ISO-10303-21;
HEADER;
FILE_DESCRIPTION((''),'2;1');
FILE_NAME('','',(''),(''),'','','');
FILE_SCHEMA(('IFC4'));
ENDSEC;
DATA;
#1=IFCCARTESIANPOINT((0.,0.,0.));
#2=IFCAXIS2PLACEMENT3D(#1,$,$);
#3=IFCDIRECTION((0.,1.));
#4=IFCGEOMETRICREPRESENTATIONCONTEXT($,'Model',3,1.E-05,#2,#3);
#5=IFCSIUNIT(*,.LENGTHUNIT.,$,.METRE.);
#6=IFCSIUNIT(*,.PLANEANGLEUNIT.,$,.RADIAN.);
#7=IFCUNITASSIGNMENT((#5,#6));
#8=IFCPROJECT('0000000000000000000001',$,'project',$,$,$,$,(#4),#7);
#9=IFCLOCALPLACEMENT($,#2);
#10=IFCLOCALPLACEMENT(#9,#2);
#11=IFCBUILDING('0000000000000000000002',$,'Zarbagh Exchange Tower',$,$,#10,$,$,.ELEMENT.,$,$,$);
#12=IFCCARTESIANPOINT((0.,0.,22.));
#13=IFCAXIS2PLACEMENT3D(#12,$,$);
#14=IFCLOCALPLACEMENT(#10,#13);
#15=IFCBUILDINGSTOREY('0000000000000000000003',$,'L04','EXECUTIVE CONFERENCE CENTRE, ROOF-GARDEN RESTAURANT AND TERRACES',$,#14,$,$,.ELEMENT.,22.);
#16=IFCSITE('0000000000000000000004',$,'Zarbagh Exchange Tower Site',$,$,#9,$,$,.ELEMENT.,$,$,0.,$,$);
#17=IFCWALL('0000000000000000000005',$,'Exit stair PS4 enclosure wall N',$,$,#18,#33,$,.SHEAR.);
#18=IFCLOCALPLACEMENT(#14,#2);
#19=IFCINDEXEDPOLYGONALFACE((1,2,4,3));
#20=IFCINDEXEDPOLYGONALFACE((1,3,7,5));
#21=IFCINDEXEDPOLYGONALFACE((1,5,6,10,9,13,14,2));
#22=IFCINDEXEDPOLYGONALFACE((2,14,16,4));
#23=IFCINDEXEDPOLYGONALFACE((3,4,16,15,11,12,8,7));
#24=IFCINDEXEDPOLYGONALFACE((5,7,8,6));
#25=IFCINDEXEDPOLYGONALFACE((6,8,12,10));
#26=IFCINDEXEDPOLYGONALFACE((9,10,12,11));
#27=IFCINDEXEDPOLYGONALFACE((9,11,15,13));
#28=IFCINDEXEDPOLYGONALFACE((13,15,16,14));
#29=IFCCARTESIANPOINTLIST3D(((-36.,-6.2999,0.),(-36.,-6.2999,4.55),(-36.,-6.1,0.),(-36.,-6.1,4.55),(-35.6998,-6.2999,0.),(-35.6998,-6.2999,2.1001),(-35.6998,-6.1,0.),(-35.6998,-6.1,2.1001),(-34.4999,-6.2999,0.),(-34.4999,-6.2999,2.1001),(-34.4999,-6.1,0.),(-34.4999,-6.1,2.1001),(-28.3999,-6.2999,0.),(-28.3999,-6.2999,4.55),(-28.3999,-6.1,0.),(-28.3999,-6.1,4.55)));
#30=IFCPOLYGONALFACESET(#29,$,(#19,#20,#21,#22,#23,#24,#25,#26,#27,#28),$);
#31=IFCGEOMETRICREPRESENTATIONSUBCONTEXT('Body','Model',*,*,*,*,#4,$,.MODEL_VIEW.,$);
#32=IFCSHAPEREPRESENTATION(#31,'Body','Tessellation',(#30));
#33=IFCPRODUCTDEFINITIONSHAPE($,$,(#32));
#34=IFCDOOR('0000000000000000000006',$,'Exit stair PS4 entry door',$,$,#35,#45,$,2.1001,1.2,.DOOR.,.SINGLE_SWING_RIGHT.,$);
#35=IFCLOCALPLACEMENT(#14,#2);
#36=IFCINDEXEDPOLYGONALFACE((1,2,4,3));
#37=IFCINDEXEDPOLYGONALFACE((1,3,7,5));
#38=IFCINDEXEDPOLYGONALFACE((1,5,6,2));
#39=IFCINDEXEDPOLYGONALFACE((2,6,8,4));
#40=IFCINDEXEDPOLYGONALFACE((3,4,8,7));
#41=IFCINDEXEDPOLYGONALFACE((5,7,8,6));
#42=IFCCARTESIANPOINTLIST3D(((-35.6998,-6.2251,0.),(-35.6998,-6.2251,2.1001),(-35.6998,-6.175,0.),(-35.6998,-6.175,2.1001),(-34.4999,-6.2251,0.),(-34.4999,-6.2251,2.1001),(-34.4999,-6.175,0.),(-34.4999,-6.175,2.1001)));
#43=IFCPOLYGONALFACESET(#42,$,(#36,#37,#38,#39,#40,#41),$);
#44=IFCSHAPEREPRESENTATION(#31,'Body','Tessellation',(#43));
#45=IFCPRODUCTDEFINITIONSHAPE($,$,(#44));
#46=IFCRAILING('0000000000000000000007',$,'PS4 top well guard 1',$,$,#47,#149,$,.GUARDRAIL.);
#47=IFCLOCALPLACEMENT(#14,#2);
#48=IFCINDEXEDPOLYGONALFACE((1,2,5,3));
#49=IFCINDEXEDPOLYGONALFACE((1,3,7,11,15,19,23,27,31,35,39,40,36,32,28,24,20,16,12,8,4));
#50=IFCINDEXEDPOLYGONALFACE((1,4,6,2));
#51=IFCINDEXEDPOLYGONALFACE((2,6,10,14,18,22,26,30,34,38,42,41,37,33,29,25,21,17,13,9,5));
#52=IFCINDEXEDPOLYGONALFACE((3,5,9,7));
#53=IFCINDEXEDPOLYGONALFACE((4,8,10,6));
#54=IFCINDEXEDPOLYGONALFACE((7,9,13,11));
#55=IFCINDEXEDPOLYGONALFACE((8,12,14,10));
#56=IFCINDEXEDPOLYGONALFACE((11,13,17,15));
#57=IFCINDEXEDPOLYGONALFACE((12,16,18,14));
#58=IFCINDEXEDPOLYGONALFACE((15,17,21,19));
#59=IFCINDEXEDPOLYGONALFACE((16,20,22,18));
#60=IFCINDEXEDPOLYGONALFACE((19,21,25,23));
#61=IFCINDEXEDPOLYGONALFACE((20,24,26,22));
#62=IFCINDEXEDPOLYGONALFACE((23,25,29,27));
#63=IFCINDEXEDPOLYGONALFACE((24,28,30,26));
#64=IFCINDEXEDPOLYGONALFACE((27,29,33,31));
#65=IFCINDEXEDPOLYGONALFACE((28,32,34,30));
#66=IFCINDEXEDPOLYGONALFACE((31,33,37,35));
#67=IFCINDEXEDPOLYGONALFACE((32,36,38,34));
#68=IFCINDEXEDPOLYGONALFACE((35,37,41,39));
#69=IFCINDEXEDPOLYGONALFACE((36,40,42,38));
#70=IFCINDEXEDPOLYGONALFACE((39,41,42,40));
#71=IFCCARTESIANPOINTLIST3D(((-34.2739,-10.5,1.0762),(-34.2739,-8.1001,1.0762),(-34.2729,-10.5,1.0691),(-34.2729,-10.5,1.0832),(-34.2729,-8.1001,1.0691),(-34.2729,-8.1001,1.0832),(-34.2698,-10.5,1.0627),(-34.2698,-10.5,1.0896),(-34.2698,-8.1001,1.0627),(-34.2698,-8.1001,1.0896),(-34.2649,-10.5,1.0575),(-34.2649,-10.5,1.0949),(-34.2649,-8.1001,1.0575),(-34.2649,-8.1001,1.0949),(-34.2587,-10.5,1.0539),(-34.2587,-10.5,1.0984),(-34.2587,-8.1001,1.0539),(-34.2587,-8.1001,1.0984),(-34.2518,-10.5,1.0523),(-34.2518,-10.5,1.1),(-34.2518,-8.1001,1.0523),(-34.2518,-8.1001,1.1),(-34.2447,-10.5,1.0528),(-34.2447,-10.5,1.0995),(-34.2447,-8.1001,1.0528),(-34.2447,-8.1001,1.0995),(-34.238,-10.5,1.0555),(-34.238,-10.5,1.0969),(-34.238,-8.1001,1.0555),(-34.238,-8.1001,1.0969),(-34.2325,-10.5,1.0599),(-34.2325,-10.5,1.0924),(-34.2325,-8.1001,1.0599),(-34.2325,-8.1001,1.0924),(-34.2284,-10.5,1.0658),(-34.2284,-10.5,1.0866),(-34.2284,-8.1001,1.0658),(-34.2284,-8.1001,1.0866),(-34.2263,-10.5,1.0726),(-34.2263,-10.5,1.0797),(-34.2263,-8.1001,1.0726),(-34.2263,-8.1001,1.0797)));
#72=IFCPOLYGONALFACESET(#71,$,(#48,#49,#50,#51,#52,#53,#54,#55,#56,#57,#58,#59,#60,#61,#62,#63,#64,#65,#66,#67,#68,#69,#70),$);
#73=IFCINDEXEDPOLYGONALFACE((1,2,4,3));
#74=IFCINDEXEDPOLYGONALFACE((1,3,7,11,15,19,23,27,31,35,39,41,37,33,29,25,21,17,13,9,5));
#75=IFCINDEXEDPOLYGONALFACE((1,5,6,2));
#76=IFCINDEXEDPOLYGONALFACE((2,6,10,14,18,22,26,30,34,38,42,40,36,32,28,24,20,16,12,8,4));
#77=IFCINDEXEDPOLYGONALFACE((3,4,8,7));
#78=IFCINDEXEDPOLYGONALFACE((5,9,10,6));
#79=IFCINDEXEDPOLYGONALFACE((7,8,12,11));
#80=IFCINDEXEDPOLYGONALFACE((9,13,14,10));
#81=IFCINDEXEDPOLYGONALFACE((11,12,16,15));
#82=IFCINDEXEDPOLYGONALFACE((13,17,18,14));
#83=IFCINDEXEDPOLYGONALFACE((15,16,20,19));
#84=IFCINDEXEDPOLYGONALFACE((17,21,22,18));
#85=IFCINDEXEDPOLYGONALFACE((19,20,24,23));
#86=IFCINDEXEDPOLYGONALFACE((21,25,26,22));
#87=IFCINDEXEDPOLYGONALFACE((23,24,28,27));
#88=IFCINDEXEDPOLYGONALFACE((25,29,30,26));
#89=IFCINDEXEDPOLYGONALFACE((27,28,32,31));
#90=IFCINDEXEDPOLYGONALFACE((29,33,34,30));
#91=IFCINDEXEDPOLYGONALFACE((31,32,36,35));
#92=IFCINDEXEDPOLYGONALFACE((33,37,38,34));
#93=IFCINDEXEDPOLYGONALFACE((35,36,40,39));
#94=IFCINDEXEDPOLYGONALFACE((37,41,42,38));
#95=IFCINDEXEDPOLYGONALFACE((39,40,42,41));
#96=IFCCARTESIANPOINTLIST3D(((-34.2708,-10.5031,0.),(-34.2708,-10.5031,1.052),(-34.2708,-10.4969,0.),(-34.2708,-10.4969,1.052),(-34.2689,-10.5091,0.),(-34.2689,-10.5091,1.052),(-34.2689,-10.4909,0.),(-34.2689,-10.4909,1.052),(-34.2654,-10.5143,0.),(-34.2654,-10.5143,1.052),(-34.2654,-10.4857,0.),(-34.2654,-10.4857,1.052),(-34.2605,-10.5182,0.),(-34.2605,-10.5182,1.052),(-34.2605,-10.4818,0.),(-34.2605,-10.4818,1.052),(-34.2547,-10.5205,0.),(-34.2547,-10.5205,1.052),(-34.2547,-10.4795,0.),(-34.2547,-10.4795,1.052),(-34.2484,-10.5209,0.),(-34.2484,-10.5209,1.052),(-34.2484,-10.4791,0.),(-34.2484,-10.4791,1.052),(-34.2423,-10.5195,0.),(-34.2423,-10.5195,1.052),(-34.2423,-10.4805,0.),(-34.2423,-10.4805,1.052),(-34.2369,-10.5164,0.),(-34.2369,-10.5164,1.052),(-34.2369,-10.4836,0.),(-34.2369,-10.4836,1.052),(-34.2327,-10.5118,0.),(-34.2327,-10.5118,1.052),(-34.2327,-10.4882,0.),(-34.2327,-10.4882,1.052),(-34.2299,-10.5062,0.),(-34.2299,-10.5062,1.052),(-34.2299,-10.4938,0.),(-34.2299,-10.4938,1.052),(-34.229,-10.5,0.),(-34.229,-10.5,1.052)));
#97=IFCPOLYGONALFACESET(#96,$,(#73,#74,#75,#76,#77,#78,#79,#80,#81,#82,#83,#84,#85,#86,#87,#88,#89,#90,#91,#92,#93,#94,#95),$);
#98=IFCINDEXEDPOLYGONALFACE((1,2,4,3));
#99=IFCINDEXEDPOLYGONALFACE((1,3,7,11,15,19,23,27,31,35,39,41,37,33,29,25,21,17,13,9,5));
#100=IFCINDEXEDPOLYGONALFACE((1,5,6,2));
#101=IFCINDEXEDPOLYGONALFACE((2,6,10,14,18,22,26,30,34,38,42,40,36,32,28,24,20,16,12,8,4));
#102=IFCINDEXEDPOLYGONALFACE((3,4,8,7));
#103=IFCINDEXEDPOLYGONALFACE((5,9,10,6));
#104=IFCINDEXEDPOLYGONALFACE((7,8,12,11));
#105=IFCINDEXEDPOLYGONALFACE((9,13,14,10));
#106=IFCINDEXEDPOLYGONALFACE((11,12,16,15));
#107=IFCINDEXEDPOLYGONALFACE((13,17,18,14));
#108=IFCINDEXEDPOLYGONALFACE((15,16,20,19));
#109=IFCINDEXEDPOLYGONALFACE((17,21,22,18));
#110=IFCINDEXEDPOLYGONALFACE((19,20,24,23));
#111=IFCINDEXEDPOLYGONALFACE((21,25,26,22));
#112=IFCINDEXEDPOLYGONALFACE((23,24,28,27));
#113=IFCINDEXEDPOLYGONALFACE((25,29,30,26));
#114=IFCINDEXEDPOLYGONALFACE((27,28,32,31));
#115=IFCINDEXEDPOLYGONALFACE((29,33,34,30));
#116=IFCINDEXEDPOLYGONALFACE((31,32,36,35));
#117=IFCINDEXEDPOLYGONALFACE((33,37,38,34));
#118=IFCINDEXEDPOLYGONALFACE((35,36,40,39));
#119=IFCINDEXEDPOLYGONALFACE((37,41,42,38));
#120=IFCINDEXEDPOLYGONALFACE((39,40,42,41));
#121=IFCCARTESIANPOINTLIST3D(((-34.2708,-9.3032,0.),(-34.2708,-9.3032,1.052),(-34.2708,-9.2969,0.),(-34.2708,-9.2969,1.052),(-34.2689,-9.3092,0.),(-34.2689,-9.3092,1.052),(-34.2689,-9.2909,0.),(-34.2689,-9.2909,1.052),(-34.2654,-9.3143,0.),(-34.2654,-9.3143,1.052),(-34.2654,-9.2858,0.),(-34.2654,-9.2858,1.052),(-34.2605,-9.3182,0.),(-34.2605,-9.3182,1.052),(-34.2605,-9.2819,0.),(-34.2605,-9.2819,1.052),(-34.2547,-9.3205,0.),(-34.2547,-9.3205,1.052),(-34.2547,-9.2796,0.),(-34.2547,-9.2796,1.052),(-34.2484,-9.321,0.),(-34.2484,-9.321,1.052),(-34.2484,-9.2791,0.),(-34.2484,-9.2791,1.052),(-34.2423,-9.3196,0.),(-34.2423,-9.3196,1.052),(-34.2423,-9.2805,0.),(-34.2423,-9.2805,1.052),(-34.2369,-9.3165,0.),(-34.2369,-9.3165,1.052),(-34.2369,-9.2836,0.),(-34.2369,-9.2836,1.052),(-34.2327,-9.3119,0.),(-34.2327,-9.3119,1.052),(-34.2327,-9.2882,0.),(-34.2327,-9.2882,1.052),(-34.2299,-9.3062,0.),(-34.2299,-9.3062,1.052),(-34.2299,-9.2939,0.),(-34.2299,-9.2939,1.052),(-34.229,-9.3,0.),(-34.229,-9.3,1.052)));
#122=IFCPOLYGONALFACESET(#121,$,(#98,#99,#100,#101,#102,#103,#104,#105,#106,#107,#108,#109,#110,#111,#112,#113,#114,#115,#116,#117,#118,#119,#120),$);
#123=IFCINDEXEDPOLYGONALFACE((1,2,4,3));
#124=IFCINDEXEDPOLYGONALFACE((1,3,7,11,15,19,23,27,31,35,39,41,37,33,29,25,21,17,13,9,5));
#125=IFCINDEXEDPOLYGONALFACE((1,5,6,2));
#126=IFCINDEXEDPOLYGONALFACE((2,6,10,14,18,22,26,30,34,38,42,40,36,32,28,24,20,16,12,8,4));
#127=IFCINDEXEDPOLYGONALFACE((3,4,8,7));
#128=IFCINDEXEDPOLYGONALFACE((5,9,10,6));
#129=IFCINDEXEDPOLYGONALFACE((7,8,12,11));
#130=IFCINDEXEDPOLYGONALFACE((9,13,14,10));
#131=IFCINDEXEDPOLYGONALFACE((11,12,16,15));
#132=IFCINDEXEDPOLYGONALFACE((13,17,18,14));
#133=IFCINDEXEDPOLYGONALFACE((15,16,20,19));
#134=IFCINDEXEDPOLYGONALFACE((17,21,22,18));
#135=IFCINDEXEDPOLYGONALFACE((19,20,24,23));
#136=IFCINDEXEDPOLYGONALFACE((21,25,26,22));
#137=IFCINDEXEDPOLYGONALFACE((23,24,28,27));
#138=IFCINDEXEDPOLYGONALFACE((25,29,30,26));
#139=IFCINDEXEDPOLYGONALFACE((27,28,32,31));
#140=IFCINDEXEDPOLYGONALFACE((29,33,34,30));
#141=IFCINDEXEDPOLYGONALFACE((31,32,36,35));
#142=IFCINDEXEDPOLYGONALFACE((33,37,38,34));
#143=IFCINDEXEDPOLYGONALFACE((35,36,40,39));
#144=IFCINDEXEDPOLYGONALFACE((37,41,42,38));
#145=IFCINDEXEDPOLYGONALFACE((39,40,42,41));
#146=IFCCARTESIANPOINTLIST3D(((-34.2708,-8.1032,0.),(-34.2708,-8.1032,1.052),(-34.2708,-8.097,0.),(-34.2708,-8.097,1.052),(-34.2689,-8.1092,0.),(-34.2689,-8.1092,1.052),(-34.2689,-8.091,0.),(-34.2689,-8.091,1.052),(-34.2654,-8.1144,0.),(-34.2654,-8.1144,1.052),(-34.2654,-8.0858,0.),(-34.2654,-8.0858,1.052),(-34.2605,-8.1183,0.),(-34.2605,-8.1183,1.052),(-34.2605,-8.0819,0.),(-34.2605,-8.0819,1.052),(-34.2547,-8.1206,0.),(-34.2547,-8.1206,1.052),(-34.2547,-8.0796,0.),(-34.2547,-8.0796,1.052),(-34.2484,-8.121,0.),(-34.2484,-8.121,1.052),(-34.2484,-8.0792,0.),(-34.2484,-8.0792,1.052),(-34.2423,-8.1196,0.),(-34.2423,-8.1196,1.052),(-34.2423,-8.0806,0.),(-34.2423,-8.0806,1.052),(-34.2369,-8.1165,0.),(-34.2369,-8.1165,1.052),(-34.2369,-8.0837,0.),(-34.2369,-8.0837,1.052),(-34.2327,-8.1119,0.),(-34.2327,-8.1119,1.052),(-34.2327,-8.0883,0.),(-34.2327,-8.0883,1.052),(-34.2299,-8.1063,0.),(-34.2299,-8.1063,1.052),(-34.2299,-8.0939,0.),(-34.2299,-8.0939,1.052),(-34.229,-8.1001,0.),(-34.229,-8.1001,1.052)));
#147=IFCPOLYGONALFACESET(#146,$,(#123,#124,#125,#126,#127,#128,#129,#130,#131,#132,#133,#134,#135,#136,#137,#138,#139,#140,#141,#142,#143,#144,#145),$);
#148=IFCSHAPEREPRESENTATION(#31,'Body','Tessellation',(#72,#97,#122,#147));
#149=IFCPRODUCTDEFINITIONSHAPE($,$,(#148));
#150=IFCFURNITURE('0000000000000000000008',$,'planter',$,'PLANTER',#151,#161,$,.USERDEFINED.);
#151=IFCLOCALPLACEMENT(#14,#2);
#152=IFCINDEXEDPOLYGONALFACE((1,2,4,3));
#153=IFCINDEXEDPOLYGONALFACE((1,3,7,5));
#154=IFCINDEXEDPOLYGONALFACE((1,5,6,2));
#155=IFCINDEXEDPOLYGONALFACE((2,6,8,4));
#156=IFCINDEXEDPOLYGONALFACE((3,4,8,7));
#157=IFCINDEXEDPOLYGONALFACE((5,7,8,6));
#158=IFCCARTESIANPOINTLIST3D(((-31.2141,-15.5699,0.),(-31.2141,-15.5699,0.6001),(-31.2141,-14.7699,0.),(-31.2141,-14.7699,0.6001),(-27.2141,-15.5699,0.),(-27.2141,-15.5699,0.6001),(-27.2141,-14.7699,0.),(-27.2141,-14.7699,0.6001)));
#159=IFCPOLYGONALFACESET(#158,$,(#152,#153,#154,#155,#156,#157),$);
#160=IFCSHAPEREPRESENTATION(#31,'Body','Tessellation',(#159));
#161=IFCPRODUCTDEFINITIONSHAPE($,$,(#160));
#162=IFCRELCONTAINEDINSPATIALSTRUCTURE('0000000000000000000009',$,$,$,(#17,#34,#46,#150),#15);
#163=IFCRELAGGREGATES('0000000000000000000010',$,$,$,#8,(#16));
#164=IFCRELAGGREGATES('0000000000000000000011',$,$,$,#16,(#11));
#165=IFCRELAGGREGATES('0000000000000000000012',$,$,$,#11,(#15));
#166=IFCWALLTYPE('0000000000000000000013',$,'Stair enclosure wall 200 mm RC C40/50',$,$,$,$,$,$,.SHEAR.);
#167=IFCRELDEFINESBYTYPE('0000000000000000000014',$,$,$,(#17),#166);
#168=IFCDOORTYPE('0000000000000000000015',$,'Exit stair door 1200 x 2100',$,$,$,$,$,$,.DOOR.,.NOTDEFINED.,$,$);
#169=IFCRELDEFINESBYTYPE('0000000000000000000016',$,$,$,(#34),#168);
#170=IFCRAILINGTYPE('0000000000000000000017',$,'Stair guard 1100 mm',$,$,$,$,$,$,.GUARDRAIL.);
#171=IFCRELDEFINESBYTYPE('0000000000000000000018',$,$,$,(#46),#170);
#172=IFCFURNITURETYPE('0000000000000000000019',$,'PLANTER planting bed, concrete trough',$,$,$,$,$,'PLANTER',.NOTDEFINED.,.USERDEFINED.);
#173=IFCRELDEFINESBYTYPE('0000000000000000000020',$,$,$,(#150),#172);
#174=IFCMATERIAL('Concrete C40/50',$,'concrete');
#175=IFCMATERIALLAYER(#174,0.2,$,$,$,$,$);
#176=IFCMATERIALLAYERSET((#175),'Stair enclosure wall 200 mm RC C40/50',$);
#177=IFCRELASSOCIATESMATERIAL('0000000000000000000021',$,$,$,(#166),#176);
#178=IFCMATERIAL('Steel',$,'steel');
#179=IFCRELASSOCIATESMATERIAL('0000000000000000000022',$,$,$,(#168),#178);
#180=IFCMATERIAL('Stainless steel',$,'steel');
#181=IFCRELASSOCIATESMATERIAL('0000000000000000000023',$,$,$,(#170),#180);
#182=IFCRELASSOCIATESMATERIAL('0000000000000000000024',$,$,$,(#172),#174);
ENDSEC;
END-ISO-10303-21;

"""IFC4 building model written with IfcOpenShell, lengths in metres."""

from ifc_helpers import new_model, si_unit, direction, frame, frame_2d, origin, origin_2d, place, context, subcontext, project, spatial, rectangle, circle, extrude, material, layer, layer_set, type_object, element, fill, save


model = new_model("IFC4")

# Units and contexts
model_context = context("Model", 3, precision=1e-05, world=origin(), true_north=direction((0.0, 1.0)))
body_context = subcontext(model_context, "Body", "Model", "MODEL_VIEW")
ifc_project = project(units=[si_unit("LENGTHUNIT", "METRE"), si_unit("PLANEANGLEUNIT", "RADIAN")], contexts=[model_context])

# Site, building, storey
site_placement = place(None, origin())
site = spatial("IfcSite", under=ifc_project, at=site_placement, Name="Zarbagh Exchange Tower Site", CompositionType="ELEMENT", RefElevation=0.0)
building_placement = place(site_placement, origin())
building = spatial("IfcBuilding", under=site, at=building_placement, Name="Zarbagh Exchange Tower", CompositionType="ELEMENT")
storey_placement = place(building_placement, frame((0.0, 0.0, 22.0)))
storey = spatial("IfcBuildingStorey", under=building, at=storey_placement, Name="L04", Description="EXECUTIVE CONFERENCE CENTRE, ROOF-GARDEN RESTAURANT AND TERRACES", CompositionType="ELEMENT", Elevation=22.0)

# Shared definitions
ifc_material_1 = material(Name="Concrete C40/50", Category="concrete")
ifc_layer_1 = layer(ifc_material_1, 0.2)
ifc_layer_set_1 = layer_set([ifc_layer_1], Name="Stair enclosure wall 200 mm RC C40/50")
wall_type_1 = type_object("IfcWallType", Name="Stair enclosure wall 200 mm RC C40/50", PredefinedType="SHEAR", material=ifc_layer_set_1)

# Wall, opening, door
wall_1_placement = place(storey_placement, frame((-36.0, -6.2, 0.0), z_axis=(0.0, 0.0, 1.0), x_axis=(1.0, 0.0, 0.0)))
wall_1 = element("IfcWall", 1, at=wall_1_placement, inside=storey, type_object=wall_type_1, Name="Exit stair PS4 enclosure wall N", PredefinedType="SHEAR", context=body_context, shape_type="SweptSolid", body=[
    extrude(rectangle(XDim=7.6001, YDim=0.2, at=frame_2d((3.8, 0.0))), origin(), (0.0, 0.0, 1.0), 4.55),
])
opening_1_placement = place(wall_1_placement, frame((0.3, 0.0, 0.0)))
opening_1 = element("IfcOpeningElement", 2, at=opening_1_placement, cuts=wall_1, PredefinedType="OPENING", context=body_context, shape_type="SweptSolid", body=[
    extrude(rectangle(XDim=1.2, YDim=2.1001, at=frame_2d((0.6001, 1.05))), frame((0.0, 0.1099, 0.0), z_axis=(0.0, -1.0, 0.0), x_axis=(1.0, 0.0, 0.0)), (0.0, 0.0, 1.0), 0.22),
])
ifc_material_2 = material(Name="Steel", Category="steel")
door_type_1 = type_object("IfcDoorType", Name="Exit stair door 1200 x 2100", OperationType="NOTDEFINED", PredefinedType="DOOR", material=ifc_material_2)
door_1_placement = place(opening_1_placement, origin())
door_1 = element("IfcDoor", 3, at=door_1_placement, inside=storey, type_object=door_type_1, Name="Exit stair PS4 entry door", OperationType="SINGLE_SWING_RIGHT", OverallHeight=2.1001, OverallWidth=1.2, PredefinedType="DOOR", context=body_context, shape_type="SweptSolid", body=[
    extrude(rectangle(XDim=1.2, YDim=2.1001, at=frame_2d((0.6001, 1.05))), frame((0.0, 0.0249, 0.0), z_axis=(0.0, -1.0, 0.0), x_axis=(1.0, 0.0, 0.0)), (0.0, 0.0, 1.0), 0.05),
])
fill(opening_1, door_1)

# Railing
ifc_material_3 = material(Name="Stainless steel", Category="steel")
railing_type_1 = type_object("IfcRailingType", Name="Stair guard 1100 mm", PredefinedType="GUARDRAIL", material=ifc_material_3)
railing_1_placement = place(storey_placement, frame((-34.25, -10.5, 0.0)))
element("IfcRailing", 4, at=railing_1_placement, inside=storey, type_object=railing_type_1, Name="PS4 top well guard 1", PredefinedType="GUARDRAIL", context=body_context, shape_type="SweptSolid", body=[
    extrude(circle(Radius=0.0239, at=origin_2d()), frame((0.0, 0.0, 1.0762), z_axis=(0.0, 1.0, 0.0), x_axis=(-1.0, 0.0, 0.0)), (0.0, 0.0, 1.0), 2.3999),
    extrude(circle(Radius=0.021, at=origin_2d()), origin(), (0.0, 0.0, 1.0), 1.052),
    extrude(circle(Radius=0.021, at=origin_2d()), frame((0.0, 1.2, 0.0)), (0.0, 0.0, 1.0), 1.052),
    extrude(circle(Radius=0.021, at=origin_2d()), frame((0.0, 2.3999, 0.0)), (0.0, 0.0, 1.0), 1.052),
])

# Furniture
furniture_type = type_object("IfcFurnitureType", Name="PLANTER planting bed, concrete trough", ElementType="PLANTER", AssemblyPlace="NOTDEFINED", PredefinedType="USERDEFINED", material=ifc_material_1)
furniture_placement = place(storey_placement, frame((-29.2141, -15.1699, 0.0), z_axis=(0.0, 0.0, 1.0), x_axis=(-1.0, 0.0, 0.0)))
element("IfcFurniture", 5, at=furniture_placement, inside=storey, type_object=furniture_type, Name="planter", ObjectType="PLANTER", PredefinedType="USERDEFINED", context=body_context, shape_type="SweptSolid", body=[
    extrude(rectangle(XDim=4.0, YDim=0.8, at=origin_2d()), origin(), (0.0, 0.0, 1.0), 0.6001),
])

save(model, "model.ifc")
